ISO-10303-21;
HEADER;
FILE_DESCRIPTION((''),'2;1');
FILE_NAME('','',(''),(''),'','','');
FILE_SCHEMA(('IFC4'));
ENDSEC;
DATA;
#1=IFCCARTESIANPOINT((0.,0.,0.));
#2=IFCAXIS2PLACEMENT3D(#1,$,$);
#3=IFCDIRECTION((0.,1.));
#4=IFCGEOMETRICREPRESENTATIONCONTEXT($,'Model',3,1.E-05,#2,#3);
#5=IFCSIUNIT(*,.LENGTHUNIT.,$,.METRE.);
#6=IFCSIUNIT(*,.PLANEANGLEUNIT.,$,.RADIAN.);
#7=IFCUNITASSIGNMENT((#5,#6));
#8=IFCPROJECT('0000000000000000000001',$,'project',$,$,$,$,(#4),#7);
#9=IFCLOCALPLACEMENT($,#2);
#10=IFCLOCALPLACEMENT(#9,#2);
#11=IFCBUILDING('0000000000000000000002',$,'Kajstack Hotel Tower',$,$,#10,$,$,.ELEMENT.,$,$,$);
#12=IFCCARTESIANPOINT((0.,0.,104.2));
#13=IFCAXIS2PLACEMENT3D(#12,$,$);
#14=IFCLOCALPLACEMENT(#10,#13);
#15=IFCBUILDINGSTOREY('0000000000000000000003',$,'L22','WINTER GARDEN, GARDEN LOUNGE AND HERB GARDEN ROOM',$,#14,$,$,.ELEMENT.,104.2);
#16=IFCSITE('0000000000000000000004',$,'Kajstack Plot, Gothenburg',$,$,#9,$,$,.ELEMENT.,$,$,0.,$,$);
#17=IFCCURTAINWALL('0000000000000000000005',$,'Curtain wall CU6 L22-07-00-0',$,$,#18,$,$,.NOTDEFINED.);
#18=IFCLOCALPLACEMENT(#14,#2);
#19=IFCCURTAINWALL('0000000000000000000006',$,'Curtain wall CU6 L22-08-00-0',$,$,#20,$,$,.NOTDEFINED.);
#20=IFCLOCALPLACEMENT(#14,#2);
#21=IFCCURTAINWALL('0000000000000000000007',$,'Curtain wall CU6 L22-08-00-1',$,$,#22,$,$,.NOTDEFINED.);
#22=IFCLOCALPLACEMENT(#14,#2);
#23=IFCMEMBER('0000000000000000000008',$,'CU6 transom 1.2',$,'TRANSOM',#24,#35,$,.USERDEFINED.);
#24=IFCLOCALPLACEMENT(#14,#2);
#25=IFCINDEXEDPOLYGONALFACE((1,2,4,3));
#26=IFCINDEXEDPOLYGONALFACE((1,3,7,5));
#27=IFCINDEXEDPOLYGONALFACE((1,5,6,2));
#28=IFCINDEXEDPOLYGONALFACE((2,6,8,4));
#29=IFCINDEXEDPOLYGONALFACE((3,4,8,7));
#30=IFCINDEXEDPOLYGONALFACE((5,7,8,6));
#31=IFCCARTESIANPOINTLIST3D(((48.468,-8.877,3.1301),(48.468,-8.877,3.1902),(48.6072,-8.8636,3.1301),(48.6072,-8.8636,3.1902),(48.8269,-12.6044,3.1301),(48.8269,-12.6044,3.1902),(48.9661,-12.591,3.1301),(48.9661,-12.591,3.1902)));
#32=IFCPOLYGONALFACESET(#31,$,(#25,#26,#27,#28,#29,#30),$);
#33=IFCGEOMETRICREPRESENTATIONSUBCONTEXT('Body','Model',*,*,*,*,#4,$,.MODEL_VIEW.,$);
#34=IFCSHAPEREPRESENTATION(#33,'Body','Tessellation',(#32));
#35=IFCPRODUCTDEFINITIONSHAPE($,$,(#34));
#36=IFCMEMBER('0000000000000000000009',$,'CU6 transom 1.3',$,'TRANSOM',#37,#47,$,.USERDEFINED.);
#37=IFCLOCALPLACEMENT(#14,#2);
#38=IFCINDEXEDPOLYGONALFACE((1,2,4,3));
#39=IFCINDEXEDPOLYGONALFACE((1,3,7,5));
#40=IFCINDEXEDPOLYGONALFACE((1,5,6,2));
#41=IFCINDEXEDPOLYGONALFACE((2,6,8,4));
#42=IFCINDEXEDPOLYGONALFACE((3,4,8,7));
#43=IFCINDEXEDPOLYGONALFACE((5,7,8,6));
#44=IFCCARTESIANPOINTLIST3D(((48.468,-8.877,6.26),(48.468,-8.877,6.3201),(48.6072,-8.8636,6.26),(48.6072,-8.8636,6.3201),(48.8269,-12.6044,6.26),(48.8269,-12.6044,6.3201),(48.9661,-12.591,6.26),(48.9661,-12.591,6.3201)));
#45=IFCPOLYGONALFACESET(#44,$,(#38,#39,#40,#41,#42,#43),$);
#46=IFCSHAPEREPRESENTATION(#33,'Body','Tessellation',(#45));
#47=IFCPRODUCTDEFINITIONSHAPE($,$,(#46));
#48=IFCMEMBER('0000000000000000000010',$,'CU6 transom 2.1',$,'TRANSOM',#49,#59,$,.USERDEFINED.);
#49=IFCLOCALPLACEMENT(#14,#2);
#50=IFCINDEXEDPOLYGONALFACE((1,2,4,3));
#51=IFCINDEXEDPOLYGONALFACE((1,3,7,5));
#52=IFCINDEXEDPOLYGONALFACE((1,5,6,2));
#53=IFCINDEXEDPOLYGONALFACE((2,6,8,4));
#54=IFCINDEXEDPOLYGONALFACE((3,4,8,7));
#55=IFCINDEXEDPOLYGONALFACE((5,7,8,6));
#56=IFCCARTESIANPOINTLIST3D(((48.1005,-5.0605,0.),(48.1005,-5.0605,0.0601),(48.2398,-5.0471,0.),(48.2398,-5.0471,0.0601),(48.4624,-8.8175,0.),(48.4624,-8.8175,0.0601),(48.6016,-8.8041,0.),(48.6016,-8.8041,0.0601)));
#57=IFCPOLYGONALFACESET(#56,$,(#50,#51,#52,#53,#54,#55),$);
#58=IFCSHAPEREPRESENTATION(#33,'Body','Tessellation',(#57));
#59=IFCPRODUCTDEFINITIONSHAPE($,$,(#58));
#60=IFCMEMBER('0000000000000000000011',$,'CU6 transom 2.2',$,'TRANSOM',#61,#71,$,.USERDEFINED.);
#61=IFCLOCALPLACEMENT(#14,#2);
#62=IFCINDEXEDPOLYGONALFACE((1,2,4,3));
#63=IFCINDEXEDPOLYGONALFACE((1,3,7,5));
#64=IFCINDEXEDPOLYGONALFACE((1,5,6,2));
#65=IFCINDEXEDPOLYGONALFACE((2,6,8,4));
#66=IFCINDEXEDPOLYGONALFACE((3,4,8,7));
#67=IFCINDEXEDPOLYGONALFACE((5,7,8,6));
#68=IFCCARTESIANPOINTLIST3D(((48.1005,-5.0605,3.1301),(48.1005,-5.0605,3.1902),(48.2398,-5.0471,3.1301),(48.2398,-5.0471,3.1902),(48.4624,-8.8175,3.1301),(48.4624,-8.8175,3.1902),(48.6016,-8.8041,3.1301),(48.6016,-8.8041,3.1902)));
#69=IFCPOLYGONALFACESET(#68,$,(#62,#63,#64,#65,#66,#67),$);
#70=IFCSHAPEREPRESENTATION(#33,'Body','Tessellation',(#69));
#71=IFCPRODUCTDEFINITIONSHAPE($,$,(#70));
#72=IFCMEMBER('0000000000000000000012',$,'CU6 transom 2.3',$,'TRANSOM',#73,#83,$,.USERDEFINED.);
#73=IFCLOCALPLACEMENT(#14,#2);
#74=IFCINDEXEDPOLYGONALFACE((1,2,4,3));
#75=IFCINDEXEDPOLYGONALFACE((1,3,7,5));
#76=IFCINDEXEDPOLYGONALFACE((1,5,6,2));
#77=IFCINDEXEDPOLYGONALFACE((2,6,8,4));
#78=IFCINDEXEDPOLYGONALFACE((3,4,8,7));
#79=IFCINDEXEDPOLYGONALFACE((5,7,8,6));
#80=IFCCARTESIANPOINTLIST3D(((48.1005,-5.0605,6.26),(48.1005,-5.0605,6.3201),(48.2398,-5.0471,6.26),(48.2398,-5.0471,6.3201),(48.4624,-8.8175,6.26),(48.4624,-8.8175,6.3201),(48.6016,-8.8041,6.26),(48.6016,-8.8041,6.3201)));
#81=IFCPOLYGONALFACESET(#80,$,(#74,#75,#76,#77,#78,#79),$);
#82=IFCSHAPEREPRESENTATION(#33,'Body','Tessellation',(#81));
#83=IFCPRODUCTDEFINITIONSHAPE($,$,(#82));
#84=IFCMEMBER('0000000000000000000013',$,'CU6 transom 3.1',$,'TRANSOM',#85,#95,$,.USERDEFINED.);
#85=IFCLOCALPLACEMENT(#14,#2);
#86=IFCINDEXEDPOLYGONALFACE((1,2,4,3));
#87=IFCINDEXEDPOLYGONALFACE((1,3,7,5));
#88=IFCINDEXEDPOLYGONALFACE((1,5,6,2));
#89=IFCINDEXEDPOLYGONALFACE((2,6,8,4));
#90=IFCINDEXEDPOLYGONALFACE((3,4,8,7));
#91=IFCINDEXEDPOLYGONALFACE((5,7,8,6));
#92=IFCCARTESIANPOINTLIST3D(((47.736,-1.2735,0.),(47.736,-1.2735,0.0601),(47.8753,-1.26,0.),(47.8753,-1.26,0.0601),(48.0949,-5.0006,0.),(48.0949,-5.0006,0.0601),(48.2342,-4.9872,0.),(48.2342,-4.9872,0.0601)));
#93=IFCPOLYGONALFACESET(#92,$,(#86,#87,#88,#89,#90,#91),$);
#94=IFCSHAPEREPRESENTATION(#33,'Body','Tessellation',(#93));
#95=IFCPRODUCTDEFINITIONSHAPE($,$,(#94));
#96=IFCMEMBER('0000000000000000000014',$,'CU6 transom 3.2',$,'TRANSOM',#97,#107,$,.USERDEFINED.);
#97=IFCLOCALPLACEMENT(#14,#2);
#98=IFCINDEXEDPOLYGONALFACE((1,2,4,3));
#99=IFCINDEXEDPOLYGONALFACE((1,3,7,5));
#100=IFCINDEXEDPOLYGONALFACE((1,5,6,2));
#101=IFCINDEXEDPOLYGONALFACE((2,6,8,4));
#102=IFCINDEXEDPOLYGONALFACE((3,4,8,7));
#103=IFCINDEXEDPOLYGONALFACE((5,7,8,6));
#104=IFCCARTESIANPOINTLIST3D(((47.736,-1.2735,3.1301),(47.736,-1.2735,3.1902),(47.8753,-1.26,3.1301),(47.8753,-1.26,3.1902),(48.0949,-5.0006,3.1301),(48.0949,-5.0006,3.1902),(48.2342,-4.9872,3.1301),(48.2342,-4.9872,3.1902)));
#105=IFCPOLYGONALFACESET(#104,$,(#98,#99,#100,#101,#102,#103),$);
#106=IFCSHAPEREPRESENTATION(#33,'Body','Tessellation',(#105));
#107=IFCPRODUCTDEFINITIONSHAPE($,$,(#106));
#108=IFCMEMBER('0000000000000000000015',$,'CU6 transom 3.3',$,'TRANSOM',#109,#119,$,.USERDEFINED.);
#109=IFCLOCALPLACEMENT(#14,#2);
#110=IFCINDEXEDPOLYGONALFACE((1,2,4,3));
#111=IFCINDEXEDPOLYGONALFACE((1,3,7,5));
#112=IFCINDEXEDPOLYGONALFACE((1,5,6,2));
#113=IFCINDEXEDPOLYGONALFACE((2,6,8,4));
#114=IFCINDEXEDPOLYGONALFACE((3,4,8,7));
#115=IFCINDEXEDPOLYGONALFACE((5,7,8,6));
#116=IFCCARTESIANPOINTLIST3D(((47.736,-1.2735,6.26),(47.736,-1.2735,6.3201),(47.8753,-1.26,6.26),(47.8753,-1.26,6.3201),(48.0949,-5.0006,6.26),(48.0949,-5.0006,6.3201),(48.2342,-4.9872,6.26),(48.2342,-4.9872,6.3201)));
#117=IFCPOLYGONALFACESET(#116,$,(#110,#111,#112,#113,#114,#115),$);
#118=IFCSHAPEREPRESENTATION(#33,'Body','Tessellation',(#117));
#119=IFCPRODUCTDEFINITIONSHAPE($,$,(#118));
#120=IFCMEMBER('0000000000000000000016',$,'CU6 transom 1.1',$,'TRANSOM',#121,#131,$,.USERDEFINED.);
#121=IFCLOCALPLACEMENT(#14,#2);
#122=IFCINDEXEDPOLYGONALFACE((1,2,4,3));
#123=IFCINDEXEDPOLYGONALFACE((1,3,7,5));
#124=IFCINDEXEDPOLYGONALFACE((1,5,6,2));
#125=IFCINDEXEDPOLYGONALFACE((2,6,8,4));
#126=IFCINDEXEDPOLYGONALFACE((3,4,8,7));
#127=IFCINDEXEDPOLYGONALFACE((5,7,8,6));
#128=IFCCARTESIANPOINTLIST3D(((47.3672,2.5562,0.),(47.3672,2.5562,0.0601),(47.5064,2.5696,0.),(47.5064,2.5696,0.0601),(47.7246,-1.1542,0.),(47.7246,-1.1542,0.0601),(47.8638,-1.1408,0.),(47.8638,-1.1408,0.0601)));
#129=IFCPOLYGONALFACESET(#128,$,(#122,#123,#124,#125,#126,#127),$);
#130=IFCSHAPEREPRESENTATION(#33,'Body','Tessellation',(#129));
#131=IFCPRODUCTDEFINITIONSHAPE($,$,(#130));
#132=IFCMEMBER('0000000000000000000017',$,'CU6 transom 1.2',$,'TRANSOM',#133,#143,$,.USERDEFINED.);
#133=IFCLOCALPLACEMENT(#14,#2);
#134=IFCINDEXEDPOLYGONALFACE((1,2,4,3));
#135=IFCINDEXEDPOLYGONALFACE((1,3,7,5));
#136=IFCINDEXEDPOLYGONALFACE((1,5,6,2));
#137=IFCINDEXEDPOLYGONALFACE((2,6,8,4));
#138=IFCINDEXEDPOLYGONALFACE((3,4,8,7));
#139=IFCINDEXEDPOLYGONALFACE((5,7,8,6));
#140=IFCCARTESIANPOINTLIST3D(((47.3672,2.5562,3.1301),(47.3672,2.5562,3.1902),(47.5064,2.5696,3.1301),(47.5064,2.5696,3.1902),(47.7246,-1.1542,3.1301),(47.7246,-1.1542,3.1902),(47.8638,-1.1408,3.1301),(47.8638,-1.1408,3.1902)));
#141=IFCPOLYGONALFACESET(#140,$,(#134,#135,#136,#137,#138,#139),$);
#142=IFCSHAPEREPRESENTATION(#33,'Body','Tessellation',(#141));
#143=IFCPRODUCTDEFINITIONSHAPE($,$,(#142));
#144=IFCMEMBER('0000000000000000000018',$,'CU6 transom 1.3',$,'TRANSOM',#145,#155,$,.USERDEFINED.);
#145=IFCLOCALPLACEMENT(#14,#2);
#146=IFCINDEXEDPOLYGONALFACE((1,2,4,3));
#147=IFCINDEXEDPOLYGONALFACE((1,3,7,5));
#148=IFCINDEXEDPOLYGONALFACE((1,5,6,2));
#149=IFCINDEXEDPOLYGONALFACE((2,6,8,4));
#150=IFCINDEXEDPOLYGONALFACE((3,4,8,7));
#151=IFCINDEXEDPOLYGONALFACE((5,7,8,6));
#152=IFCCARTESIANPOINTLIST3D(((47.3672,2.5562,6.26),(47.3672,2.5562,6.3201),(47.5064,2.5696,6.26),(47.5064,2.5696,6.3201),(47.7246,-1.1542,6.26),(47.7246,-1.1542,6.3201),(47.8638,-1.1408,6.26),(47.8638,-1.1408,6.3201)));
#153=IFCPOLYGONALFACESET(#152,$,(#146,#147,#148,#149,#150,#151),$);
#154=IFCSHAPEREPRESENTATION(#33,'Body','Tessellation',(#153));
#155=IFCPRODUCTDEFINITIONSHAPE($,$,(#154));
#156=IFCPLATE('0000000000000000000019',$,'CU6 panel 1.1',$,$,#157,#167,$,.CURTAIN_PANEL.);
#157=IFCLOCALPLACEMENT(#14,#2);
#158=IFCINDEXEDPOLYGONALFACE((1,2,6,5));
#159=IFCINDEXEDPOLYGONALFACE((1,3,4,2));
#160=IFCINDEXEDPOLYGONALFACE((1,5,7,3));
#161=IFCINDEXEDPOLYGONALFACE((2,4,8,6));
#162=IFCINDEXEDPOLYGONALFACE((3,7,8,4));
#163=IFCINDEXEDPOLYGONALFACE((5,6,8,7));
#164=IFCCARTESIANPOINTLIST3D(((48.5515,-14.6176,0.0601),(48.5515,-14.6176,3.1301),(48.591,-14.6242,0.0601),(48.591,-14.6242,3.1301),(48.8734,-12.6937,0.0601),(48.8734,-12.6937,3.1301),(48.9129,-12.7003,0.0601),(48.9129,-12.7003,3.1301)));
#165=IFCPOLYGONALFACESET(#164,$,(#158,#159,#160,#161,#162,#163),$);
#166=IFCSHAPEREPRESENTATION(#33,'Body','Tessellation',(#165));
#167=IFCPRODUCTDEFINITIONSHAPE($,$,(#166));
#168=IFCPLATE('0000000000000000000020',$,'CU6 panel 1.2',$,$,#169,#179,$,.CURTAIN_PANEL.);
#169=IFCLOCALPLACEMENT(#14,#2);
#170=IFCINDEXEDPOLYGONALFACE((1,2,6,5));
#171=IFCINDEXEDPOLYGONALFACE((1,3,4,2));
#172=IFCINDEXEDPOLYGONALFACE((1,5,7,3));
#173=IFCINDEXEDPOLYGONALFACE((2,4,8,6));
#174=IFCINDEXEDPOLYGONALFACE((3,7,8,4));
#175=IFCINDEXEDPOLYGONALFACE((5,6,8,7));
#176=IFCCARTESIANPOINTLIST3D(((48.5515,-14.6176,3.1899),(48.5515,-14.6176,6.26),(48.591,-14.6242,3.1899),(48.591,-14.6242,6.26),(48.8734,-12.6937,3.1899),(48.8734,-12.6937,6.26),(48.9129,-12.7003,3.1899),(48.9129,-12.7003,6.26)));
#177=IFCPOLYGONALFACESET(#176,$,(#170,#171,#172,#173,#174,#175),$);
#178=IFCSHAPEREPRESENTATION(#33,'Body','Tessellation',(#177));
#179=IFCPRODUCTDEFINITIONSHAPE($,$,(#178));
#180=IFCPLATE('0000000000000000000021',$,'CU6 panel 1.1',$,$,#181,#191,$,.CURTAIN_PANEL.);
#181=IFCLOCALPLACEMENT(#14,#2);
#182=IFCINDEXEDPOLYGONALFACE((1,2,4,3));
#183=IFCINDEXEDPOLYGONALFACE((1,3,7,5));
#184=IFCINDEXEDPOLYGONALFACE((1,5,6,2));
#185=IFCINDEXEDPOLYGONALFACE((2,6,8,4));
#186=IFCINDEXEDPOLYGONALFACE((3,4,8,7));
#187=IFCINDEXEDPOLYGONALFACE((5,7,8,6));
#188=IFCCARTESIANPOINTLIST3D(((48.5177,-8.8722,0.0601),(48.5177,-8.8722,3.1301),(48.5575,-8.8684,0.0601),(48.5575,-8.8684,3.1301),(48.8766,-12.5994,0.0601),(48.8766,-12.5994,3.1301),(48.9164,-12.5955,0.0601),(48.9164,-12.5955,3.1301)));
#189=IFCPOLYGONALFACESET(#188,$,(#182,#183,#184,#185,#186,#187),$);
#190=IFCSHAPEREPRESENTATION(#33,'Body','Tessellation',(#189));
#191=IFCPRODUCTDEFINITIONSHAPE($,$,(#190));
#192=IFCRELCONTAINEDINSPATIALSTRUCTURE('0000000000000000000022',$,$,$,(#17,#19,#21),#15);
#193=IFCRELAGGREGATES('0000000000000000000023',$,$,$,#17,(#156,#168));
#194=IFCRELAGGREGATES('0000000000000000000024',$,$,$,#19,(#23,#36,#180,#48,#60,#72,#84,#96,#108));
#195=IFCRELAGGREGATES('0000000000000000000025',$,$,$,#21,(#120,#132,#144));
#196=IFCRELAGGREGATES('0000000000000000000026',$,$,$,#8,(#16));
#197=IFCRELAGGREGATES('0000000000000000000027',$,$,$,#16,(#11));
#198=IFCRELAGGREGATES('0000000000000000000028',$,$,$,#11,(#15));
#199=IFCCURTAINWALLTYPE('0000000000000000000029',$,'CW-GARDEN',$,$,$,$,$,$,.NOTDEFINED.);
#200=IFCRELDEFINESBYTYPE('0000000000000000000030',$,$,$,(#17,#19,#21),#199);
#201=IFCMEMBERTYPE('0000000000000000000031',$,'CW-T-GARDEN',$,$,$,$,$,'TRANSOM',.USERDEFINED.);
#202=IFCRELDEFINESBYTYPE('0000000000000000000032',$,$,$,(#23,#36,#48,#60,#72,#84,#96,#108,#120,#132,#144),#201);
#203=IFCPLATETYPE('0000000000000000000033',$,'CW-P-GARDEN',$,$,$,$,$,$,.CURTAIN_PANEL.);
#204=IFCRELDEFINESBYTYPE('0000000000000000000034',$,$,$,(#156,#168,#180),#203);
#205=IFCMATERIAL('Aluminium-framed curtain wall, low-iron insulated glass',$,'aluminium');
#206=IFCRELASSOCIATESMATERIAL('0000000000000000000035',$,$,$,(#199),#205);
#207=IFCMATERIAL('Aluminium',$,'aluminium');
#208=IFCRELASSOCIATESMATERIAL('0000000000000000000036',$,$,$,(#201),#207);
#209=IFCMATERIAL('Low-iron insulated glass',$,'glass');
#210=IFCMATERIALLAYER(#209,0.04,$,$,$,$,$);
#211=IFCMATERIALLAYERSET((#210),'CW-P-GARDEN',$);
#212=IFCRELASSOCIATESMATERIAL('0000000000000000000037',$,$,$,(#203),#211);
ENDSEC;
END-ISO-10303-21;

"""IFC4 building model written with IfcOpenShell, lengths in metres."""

from ifc_helpers import new_model, si_unit, direction, frame, origin, origin_2d, place, context, subcontext, project, spatial, rectangle, extrude, material, layer, layer_set, material_profile, profile_set, type_object, element, aggregate, save


model = new_model("IFC4")

# Units and contexts
model_context = context("Model", 3, precision=1e-05, world=origin(), true_north=direction((0.0, 1.0)))
body_context = subcontext(model_context, "Body", "Model", "MODEL_VIEW")
ifc_project = project(units=[si_unit("LENGTHUNIT", "METRE"), si_unit("PLANEANGLEUNIT", "RADIAN")], contexts=[model_context])

# Site, building, storey
site_placement = place(None, origin())
site = spatial("IfcSite", under=ifc_project, at=site_placement, Name="Kajstack Plot, Gothenburg", CompositionType="ELEMENT", RefElevation=0.0)
building_placement = place(site_placement, origin())
building = spatial("IfcBuilding", under=site, at=building_placement, Name="Kajstack Hotel Tower", CompositionType="ELEMENT")
storey_placement = place(building_placement, frame((0.0, 0.0, 104.2)))
storey = spatial("IfcBuildingStorey", under=building, at=storey_placement, Name="L22", Description="WINTER GARDEN, GARDEN LOUNGE AND HERB GARDEN ROOM", CompositionType="ELEMENT", Elevation=104.2)

# Shared definitions
ifc_material_1 = material(Name="Aluminium-framed curtain wall, low-iron insulated glass", Category="aluminium")
curtain_wall_type = type_object("IfcCurtainWallType", Name="CW-GARDEN", PredefinedType="NOTDEFINED", material=ifc_material_1)
ifc_material_2 = material(Name="Aluminium", Category="aluminium")

# Curtain walls
curtain_wall_1_placement = place(storey_placement, origin())
curtain_wall_1 = element("IfcCurtainWall", 1, at=curtain_wall_1_placement, inside=storey, type_object=curtain_wall_type, Name="Curtain wall CU6 L22-07-00-0", PredefinedType="NOTDEFINED")
curtain_wall_2_placement = place(storey_placement, origin())
curtain_wall_2 = element("IfcCurtainWall", 2, at=curtain_wall_2_placement, inside=storey, type_object=curtain_wall_type, Name="Curtain wall CU6 L22-08-00-0", PredefinedType="NOTDEFINED")

# Curtain wall
curtain_wall_3_placement = place(storey_placement, origin())
curtain_wall_3 = element("IfcCurtainWall", 3, at=curtain_wall_3_placement, inside=storey, type_object=curtain_wall_type, Name="Curtain wall CU6 L22-08-00-1", PredefinedType="NOTDEFINED")

# Members
ifc_material_profile_1 = material_profile(ifc_material_2, rectangle(XDim=0.1399, YDim=0.0601, at=origin_2d()), Name="Aluminium transom 140 x 60")
ifc_profile_set_1 = profile_set([ifc_material_profile_1], Name="Aluminium")
member_type_1 = type_object("IfcMemberType", Name="CW-T-GARDEN", ElementType="TRANSOM", PredefinedType="USERDEFINED", material=ifc_profile_set_1)
member_1_placement = place(storey_placement, frame((48.8965, -12.5977, 3.1602), z_axis=(-0.095843, 0.995396, 0.0), x_axis=(-0.995396, -0.095843, 0.0)))
member_1 = element("IfcMember", 4, at=member_1_placement, type_object=member_type_1, Name="CU6 transom 1.2", ObjectType="TRANSOM", PredefinedType="USERDEFINED", context=body_context, shape_type="SweptSolid", body=[
    extrude(rectangle(XDim=0.1399, YDim=0.0601, at=origin_2d()), origin(), (0.0, 0.0, 1.0), 3.7446),
])
member_2_placement = place(storey_placement, frame((48.8965, -12.5977, 6.29), z_axis=(-0.095843, 0.995396, 0.0), x_axis=(-0.995396, -0.095843, 0.0)))
member_2 = element("IfcMember", 5, at=member_2_placement, type_object=member_type_1, Name="CU6 transom 1.3", ObjectType="TRANSOM", PredefinedType="USERDEFINED", context=body_context, shape_type="SweptSolid", body=[
    extrude(rectangle(XDim=0.1399, YDim=0.0601, at=origin_2d()), origin(), (0.0, 0.0, 1.0), 3.7446),
])
member_3_placement = place(storey_placement, frame((48.532, -8.8108, 0.03), z_axis=(-0.095859, 0.995395, 0.0), x_axis=(-0.995395, -0.095859, 0.0)))
member_3 = element("IfcMember", 6, at=member_3_placement, type_object=member_type_1, Name="CU6 transom 2.1", ObjectType="TRANSOM", PredefinedType="USERDEFINED", context=body_context, shape_type="SweptSolid", body=[
    extrude(rectangle(XDim=0.1399, YDim=0.0601, at=origin_2d()), origin(), (0.0, 0.0, 1.0), 3.7744),
])
member_4_placement = place(storey_placement, frame((48.532, -8.8108, 3.1602), z_axis=(-0.095859, 0.995395, 0.0), x_axis=(-0.995395, -0.095859, 0.0)))
member_4 = element("IfcMember", 7, at=member_4_placement, type_object=member_type_1, Name="CU6 transom 2.2", ObjectType="TRANSOM", PredefinedType="USERDEFINED", context=body_context, shape_type="SweptSolid", body=[
    extrude(rectangle(XDim=0.1399, YDim=0.0601, at=origin_2d()), origin(), (0.0, 0.0, 1.0), 3.7744),
])
member_5_placement = place(storey_placement, frame((48.532, -8.8108, 6.29), z_axis=(-0.095859, 0.995395, 0.0), x_axis=(-0.995395, -0.095859, 0.0)))
member_5 = element("IfcMember", 8, at=member_5_placement, type_object=member_type_1, Name="CU6 transom 2.3", ObjectType="TRANSOM", PredefinedType="USERDEFINED", context=body_context, shape_type="SweptSolid", body=[
    extrude(rectangle(XDim=0.1399, YDim=0.0601, at=origin_2d()), origin(), (0.0, 0.0, 1.0), 3.7744),
])
member_6_placement = place(storey_placement, frame((48.1646, -4.9939, 0.03), z_axis=(-0.095849, 0.995396, 0.0), x_axis=(-0.995396, -0.095849, 0.0)))
member_6 = element("IfcMember", 9, at=member_6_placement, type_object=member_type_1, Name="CU6 transom 3.1", ObjectType="TRANSOM", PredefinedType="USERDEFINED", context=body_context, shape_type="SweptSolid", body=[
    extrude(rectangle(XDim=0.1399, YDim=0.0601, at=origin_2d()), origin(), (0.0, 0.0, 1.0), 3.7444),
])
member_7_placement = place(storey_placement, frame((48.1646, -4.9939, 3.1602), z_axis=(-0.095849, 0.995396, 0.0), x_axis=(-0.995396, -0.095849, 0.0)))
member_7 = element("IfcMember", 10, at=member_7_placement, type_object=member_type_1, Name="CU6 transom 3.2", ObjectType="TRANSOM", PredefinedType="USERDEFINED", context=body_context, shape_type="SweptSolid", body=[
    extrude(rectangle(XDim=0.1399, YDim=0.0601, at=origin_2d()), origin(), (0.0, 0.0, 1.0), 3.7444),
])
member_8_placement = place(storey_placement, frame((48.1646, -4.9939, 6.29), z_axis=(-0.095849, 0.995396, 0.0), x_axis=(-0.995396, -0.095849, 0.0)))
member_8 = element("IfcMember", 11, at=member_8_placement, type_object=member_type_1, Name="CU6 transom 3.3", ObjectType="TRANSOM", PredefinedType="USERDEFINED", context=body_context, shape_type="SweptSolid", body=[
    extrude(rectangle(XDim=0.1399, YDim=0.0601, at=origin_2d()), origin(), (0.0, 0.0, 1.0), 3.7444),
])
member_9_placement = place(storey_placement, frame((47.7942, -1.1475, 0.03), z_axis=(-0.095885, 0.995392, 0.0), x_axis=(-0.995392, -0.095885, 0.0)))
member_9 = element("IfcMember", 12, at=member_9_placement, type_object=member_type_1, Name="CU6 transom 1.1", ObjectType="TRANSOM", PredefinedType="USERDEFINED", context=body_context, shape_type="SweptSolid", body=[
    extrude(rectangle(XDim=0.1399, YDim=0.0601, at=origin_2d()), origin(), (0.0, 0.0, 1.0), 3.7275),
])
member_10_placement = place(storey_placement, frame((47.7942, -1.1475, 3.1602), z_axis=(-0.095885, 0.995392, 0.0), x_axis=(-0.995392, -0.095885, 0.0)))
member_10 = element("IfcMember", 13, at=member_10_placement, type_object=member_type_1, Name="CU6 transom 1.2", ObjectType="TRANSOM", PredefinedType="USERDEFINED", context=body_context, shape_type="SweptSolid", body=[
    extrude(rectangle(XDim=0.1399, YDim=0.0601, at=origin_2d()), origin(), (0.0, 0.0, 1.0), 3.7275),
])
member_11_placement = place(storey_placement, frame((47.7942, -1.1475, 6.29), z_axis=(-0.095885, 0.995392, 0.0), x_axis=(-0.995392, -0.095885, 0.0)))
member_11 = element("IfcMember", 14, at=member_11_placement, type_object=member_type_1, Name="CU6 transom 1.3", ObjectType="TRANSOM", PredefinedType="USERDEFINED", context=body_context, shape_type="SweptSolid", body=[
    extrude(rectangle(XDim=0.1399, YDim=0.0601, at=origin_2d()), origin(), (0.0, 0.0, 1.0), 3.7275),
])

# Plates
ifc_material_3 = material(Name="Low-iron insulated glass", Category="glass")
ifc_layer = layer(ifc_material_3, 0.04)
ifc_layer_set = layer_set([ifc_layer], Name="CW-P-GARDEN")
plate_type = type_object("IfcPlateType", Name="CW-P-GARDEN", PredefinedType="CURTAIN_PANEL", material=ifc_layer_set)
plate_1_placement = place(storey_placement, frame((48.7322, -13.6589, 0.0601), z_axis=(0.0, 0.0, 1.0), x_axis=(0.165025, 0.986289, 0.0)))
plate_1 = element("IfcPlate", 15, at=plate_1_placement, type_object=plate_type, Name="CU6 panel 1.1", PredefinedType="CURTAIN_PANEL", context=body_context, shape_type="SweptSolid", body=[
    extrude(rectangle(XDim=1.9507, YDim=0.04, at=origin_2d()), origin(), (0.0, 0.0, 1.0), 3.0701),
])
plate_2_placement = place(storey_placement, frame((48.7322, -13.6589, 3.1899), z_axis=(0.0, 0.0, 1.0), x_axis=(0.165025, 0.986289, 0.0)))
plate_2 = element("IfcPlate", 16, at=plate_2_placement, type_object=plate_type, Name="CU6 panel 1.2", PredefinedType="CURTAIN_PANEL", context=body_context, shape_type="SweptSolid", body=[
    extrude(rectangle(XDim=1.9507, YDim=0.04, at=origin_2d()), origin(), (0.0, 0.0, 1.0), 3.0701),
])
aggregate(curtain_wall_1, [plate_1, plate_2])
plate_3_placement = place(storey_placement, frame((48.717, -10.7339, 0.0601), z_axis=(0.0, 0.0, 1.0), x_axis=(-0.095846, 0.995396, 0.0)))
plate_3 = element("IfcPlate", 17, at=plate_3_placement, type_object=plate_type, Name="CU6 panel 1.1", PredefinedType="CURTAIN_PANEL", context=body_context, shape_type="SweptSolid", body=[
    extrude(rectangle(XDim=3.7444, YDim=0.04, at=origin_2d()), origin(), (0.0, 0.0, 1.0), 3.0701),
])
aggregate(curtain_wall_2, [member_1, member_2, plate_3, member_3, member_4, member_5, member_6, member_7, member_8])
aggregate(curtain_wall_3, [member_9, member_10, member_11])

save(model, "model.ifc")
